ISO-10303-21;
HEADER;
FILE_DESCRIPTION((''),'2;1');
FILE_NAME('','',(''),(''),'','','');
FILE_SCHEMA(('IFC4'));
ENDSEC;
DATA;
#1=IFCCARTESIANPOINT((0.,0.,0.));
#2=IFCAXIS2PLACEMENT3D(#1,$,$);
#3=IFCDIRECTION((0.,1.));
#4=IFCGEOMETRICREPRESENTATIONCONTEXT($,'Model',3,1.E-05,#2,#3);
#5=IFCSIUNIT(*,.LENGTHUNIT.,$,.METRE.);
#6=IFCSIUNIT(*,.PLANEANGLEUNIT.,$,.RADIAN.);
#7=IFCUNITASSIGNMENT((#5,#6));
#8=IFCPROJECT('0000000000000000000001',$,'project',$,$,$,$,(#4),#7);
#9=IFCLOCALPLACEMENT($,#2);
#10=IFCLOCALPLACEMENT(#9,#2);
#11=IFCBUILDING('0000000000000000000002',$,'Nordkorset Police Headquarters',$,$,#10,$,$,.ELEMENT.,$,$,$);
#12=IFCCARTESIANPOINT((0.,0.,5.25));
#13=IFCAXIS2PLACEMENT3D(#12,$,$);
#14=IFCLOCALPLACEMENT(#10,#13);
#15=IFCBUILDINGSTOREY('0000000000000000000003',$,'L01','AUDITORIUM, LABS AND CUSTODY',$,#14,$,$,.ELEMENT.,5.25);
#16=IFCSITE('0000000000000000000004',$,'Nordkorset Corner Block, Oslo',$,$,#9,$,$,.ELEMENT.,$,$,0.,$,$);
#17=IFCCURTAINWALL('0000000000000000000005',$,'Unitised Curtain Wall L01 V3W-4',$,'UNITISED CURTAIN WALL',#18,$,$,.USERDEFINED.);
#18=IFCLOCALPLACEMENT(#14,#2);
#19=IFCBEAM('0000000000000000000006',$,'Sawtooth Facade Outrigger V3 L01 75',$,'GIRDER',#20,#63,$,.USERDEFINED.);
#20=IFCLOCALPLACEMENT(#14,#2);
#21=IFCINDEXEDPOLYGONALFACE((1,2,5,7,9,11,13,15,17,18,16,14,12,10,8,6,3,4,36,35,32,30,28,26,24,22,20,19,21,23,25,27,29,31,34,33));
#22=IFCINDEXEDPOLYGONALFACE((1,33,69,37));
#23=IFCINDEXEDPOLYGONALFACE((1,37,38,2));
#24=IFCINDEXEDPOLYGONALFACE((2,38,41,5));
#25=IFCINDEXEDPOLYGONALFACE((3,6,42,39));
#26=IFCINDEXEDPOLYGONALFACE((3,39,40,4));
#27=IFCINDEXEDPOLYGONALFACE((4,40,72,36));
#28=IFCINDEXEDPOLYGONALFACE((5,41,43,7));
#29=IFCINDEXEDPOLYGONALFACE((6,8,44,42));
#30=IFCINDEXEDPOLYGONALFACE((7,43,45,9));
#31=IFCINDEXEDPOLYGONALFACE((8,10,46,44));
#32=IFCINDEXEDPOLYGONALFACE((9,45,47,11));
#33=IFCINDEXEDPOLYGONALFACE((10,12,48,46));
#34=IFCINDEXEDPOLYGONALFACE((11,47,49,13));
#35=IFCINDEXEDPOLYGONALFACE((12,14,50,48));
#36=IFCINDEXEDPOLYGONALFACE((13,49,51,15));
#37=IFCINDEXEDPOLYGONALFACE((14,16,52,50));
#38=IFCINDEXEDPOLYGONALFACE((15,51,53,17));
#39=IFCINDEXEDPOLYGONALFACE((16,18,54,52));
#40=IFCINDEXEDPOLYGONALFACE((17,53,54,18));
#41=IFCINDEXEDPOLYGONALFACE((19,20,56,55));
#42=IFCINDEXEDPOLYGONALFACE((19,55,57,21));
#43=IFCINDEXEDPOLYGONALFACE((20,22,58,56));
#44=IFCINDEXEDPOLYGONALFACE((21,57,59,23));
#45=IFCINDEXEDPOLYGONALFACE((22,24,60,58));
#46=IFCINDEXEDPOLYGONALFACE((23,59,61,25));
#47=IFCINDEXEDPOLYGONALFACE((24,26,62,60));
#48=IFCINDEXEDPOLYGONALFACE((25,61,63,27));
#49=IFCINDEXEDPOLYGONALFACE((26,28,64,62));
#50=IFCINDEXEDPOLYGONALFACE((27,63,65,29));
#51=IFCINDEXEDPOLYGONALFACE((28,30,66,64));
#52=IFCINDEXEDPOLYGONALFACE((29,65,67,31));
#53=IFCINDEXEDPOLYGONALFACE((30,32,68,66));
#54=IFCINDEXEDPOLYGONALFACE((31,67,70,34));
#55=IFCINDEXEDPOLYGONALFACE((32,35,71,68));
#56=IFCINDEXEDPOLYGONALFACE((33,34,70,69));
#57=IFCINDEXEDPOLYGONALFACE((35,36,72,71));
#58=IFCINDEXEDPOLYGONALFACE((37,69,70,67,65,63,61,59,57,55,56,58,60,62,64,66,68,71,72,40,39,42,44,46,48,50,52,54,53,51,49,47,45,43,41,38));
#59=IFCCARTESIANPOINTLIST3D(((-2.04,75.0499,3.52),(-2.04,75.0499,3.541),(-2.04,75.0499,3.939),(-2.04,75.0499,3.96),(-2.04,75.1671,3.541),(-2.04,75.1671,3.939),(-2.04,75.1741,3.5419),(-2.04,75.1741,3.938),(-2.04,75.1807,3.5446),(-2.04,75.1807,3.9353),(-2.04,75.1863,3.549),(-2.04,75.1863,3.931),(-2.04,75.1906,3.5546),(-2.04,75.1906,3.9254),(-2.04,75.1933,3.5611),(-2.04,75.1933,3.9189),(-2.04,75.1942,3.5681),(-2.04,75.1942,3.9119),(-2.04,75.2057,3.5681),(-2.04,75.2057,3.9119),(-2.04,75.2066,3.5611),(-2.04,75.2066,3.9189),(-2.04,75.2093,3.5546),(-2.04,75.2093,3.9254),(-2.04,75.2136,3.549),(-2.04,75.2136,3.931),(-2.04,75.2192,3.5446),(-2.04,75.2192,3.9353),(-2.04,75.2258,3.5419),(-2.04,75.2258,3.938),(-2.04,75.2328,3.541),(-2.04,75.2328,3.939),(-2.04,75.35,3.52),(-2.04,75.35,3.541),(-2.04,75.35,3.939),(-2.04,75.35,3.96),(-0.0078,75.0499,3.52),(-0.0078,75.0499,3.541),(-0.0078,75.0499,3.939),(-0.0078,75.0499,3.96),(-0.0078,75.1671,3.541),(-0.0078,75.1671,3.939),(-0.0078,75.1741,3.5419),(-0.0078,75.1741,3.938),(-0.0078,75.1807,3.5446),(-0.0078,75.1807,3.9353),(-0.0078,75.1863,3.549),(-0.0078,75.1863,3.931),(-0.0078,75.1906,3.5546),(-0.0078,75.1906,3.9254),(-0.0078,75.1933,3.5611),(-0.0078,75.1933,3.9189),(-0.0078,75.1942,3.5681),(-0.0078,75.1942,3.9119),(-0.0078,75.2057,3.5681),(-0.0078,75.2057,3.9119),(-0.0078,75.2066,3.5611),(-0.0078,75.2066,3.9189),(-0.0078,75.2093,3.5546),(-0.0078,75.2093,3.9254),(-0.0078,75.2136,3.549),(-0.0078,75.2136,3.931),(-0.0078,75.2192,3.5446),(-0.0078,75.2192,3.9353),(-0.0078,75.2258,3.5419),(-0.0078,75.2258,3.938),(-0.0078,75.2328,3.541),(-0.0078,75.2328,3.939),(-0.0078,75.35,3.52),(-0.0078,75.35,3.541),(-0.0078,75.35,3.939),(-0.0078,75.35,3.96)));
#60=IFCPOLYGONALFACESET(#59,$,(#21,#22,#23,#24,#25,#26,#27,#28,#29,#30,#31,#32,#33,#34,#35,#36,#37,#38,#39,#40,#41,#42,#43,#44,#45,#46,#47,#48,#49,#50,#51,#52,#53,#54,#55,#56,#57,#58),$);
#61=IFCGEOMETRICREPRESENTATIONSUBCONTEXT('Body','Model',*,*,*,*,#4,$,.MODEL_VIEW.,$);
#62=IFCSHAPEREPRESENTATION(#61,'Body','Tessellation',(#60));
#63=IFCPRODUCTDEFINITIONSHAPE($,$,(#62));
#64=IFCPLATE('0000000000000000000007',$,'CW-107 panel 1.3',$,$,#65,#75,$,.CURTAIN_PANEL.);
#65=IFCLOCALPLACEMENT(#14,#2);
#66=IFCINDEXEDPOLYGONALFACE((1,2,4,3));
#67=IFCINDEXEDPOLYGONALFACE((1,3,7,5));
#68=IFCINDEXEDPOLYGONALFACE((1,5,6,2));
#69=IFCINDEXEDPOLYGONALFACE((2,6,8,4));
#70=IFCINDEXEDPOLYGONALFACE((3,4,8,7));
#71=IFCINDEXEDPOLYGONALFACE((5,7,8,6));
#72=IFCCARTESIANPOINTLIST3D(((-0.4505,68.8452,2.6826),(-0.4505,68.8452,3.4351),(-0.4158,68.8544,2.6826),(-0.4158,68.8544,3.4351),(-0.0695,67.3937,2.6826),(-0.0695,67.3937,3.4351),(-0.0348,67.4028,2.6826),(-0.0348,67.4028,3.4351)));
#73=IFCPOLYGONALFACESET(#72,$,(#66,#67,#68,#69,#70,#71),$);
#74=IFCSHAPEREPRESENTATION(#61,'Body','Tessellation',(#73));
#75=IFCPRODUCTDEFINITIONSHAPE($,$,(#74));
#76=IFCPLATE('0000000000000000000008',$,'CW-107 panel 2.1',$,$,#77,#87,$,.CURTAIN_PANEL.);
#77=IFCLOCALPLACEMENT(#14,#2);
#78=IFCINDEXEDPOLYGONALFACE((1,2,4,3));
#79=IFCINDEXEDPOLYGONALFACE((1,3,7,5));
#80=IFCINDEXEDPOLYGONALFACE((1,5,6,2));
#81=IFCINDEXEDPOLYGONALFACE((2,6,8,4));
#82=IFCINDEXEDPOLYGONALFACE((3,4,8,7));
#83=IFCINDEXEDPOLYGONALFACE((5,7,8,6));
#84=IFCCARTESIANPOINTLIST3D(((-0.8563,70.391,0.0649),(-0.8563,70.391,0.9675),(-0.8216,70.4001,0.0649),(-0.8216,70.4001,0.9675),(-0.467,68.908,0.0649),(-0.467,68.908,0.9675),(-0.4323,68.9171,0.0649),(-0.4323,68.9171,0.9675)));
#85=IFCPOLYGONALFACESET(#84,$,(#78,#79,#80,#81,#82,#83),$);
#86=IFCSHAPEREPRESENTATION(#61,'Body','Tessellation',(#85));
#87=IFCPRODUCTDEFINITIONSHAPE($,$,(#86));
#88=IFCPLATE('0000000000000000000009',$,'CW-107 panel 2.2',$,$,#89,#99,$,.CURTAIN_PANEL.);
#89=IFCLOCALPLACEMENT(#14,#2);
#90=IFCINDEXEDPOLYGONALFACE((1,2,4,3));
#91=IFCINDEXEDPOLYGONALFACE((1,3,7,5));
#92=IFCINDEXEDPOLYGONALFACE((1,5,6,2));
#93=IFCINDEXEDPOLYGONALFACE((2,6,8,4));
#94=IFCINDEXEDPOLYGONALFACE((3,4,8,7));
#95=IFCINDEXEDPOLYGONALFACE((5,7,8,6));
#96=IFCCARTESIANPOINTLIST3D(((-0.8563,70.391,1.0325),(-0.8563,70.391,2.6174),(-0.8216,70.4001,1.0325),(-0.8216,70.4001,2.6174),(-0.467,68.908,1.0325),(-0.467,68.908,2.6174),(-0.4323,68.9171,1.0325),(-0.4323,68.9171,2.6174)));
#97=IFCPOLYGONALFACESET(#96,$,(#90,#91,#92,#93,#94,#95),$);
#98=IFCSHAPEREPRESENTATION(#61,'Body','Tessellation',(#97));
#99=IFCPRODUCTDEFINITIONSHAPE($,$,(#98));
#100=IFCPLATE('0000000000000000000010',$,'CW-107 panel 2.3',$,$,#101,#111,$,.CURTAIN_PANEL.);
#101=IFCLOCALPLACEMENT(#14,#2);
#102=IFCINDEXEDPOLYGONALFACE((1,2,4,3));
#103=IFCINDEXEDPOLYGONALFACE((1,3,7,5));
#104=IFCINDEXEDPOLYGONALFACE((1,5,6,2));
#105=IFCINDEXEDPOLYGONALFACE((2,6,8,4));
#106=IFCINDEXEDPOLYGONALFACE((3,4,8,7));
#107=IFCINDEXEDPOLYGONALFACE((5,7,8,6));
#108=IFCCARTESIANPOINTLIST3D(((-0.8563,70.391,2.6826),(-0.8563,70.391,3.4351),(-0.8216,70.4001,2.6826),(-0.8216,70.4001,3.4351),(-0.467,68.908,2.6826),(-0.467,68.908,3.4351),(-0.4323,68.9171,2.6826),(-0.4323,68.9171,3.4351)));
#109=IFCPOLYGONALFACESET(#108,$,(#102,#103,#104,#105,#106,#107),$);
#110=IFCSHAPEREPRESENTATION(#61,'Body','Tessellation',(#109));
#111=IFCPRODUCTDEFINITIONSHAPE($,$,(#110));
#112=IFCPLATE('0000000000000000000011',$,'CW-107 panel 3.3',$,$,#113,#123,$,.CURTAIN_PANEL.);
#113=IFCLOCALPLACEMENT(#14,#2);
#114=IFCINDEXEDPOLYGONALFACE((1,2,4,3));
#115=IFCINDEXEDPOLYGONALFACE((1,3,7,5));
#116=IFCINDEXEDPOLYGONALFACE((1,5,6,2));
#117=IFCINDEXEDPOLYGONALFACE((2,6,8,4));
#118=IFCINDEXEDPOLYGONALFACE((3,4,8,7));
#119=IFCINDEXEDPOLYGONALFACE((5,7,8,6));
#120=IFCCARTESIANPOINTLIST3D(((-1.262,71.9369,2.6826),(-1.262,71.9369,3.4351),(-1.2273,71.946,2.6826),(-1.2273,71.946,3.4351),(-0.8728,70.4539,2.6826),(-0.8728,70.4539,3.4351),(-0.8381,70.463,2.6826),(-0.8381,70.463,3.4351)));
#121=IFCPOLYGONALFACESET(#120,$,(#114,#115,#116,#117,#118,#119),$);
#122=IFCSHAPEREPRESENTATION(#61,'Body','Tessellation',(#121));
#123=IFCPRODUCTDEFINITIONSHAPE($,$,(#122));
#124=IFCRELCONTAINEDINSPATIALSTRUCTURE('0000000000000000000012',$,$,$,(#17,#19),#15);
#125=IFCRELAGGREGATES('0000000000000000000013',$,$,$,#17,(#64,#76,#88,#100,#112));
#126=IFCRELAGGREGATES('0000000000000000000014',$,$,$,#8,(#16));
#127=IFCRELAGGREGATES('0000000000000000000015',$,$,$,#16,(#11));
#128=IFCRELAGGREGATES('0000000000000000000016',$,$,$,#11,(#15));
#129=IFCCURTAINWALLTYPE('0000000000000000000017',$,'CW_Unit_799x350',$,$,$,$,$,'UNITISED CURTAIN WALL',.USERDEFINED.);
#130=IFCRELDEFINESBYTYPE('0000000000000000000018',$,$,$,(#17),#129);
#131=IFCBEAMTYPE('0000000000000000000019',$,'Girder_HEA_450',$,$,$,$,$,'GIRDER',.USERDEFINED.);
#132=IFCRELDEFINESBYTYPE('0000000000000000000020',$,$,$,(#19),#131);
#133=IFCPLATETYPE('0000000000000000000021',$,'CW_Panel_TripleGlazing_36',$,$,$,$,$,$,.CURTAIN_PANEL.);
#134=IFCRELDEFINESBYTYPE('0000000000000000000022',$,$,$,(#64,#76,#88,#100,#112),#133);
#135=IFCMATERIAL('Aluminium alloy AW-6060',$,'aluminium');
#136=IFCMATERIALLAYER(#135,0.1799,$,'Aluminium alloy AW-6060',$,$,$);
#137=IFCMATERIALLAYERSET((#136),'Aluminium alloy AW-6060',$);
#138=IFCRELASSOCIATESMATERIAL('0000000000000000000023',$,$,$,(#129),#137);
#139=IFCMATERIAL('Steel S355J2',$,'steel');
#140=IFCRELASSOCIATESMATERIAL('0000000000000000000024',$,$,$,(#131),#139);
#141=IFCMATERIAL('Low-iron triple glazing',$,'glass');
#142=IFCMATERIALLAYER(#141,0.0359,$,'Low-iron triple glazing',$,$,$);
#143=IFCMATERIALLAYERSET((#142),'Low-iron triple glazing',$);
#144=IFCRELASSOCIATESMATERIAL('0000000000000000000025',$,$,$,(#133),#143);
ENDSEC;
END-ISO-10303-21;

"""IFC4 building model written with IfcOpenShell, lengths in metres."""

from ifc_helpers import new_model, si_unit, direction, frame, origin, origin_2d, place, context, subcontext, project, spatial, rectangle, i_section, extrude, material, layer, layer_set, material_profile, profile_set, type_object, element, aggregate, save


model = new_model("IFC4")

# Units and contexts
model_context = context("Model", 3, precision=1e-05, world=origin(), true_north=direction((0.0, 1.0)))
body_context = subcontext(model_context, "Body", "Model", "MODEL_VIEW")
ifc_project = project(units=[si_unit("LENGTHUNIT", "METRE"), si_unit("PLANEANGLEUNIT", "RADIAN")], contexts=[model_context])

# Site, building, storey
site_placement = place(None, origin())
site = spatial("IfcSite", under=ifc_project, at=site_placement, Name="Nordkorset Corner Block, Oslo", CompositionType="ELEMENT", RefElevation=0.0)
building_placement = place(site_placement, origin())
building = spatial("IfcBuilding", under=site, at=building_placement, Name="Nordkorset Police Headquarters", CompositionType="ELEMENT")
storey_placement = place(building_placement, frame((0.0, 0.0, 5.25)))
storey = spatial("IfcBuildingStorey", under=building, at=storey_placement, Name="L01", Description="AUDITORIUM, LABS AND CUSTODY", CompositionType="ELEMENT", Elevation=5.25)

# Curtain wall
ifc_material_1 = material(Name="Aluminium alloy AW-6060", Category="aluminium")
ifc_layer_1 = layer(ifc_material_1, 0.1799, Name="Aluminium alloy AW-6060")
ifc_layer_set_1 = layer_set([ifc_layer_1], Name="Aluminium alloy AW-6060")
curtain_wall_type = type_object("IfcCurtainWallType", Name="CW_Unit_799x350", ElementType="UNITISED CURTAIN WALL", PredefinedType="USERDEFINED", material=ifc_layer_set_1)
curtain_wall_placement = place(storey_placement, origin())
curtain_wall = element("IfcCurtainWall", 1, at=curtain_wall_placement, inside=storey, type_object=curtain_wall_type, Name="Unitised Curtain Wall L01 V3W-4", ObjectType="UNITISED CURTAIN WALL", PredefinedType="USERDEFINED")

# Beam
ifc_material_2 = material(Name="Steel S355J2", Category="steel")
ifc_material_profile_1 = material_profile(ifc_material_2, i_section(OverallWidth=0.3, OverallDepth=0.4399, WebThickness=0.0115, FlangeThickness=0.021, FilletRadius=0.0271, at=origin_2d()), Name="HEA 450")
ifc_profile_set_1 = profile_set([ifc_material_profile_1], Name="Steel S355J2")
beam_type_1 = type_object("IfcBeamType", Name="Girder_HEA_450", ElementType="GIRDER", PredefinedType="USERDEFINED", material=ifc_profile_set_1)
beam_1_placement = place(storey_placement, frame((-0.0078, 75.2, 3.74), z_axis=(-1.0, 0.0, 0.0), x_axis=(0.0, -1.0, 0.0)))
element("IfcBeam", 2, at=beam_1_placement, inside=storey, type_object=beam_type_1, Name="Sawtooth Facade Outrigger V3 L01 75", ObjectType="GIRDER", PredefinedType="USERDEFINED", context=body_context, shape_type="SweptSolid", body=[
    extrude(i_section(OverallWidth=0.3, OverallDepth=0.4399, WebThickness=0.0115, FlangeThickness=0.021, FilletRadius=0.0271, at=origin_2d()), origin(), (0.0, 0.0, 1.0), 2.0322),
])

# Plates
ifc_material_3 = material(Name="Low-iron triple glazing", Category="glass")
ifc_layer_2 = layer(ifc_material_3, 0.0359, Name="Low-iron triple glazing")
ifc_layer_set_2 = layer_set([ifc_layer_2], Name="Low-iron triple glazing")
plate_type = type_object("IfcPlateType", Name="CW_Panel_TripleGlazing_36", PredefinedType="CURTAIN_PANEL", material=ifc_layer_set_2)
plate_1_placement = place(storey_placement, frame((-0.2427, 68.124, 2.6826), z_axis=(0.0, 0.0, 1.0), x_axis=(-0.253897, 0.967231, 0.0)))
plate_1 = element("IfcPlate", 3, at=plate_1_placement, type_object=plate_type, Name="CW-107 panel 1.3", PredefinedType="CURTAIN_PANEL", context=body_context, shape_type="SweptSolid", body=[
    extrude(rectangle(XDim=1.5007, YDim=0.0359, at=origin_2d()), origin(), (0.0, 0.0, 1.0), 0.7524),
])
plate_2_placement = place(storey_placement, frame((-0.6443, 69.6541, 0.0649), z_axis=(0.0, 0.0, 1.0), x_axis=(-0.253897, 0.967231, 0.0)))
plate_2 = element("IfcPlate", 4, at=plate_2_placement, type_object=plate_type, Name="CW-107 panel 2.1", PredefinedType="CURTAIN_PANEL", context=body_context, shape_type="SweptSolid", body=[
    extrude(rectangle(XDim=1.5332, YDim=0.0359, at=origin_2d()), origin(), (0.0, 0.0, 1.0), 0.9026),
])
plate_3_placement = place(storey_placement, frame((-0.6443, 69.6541, 1.0325), z_axis=(0.0, 0.0, 1.0), x_axis=(-0.253897, 0.967231, 0.0)))
plate_3 = element("IfcPlate", 5, at=plate_3_placement, type_object=plate_type, Name="CW-107 panel 2.2", PredefinedType="CURTAIN_PANEL", context=body_context, shape_type="SweptSolid", body=[
    extrude(rectangle(XDim=1.5332, YDim=0.0359, at=origin_2d()), origin(), (0.0, 0.0, 1.0), 1.585),
])
plate_4_placement = place(storey_placement, frame((-0.6443, 69.6541, 2.6826), z_axis=(0.0, 0.0, 1.0), x_axis=(-0.253897, 0.967231, 0.0)))
plate_4 = element("IfcPlate", 6, at=plate_4_placement, type_object=plate_type, Name="CW-107 panel 2.3", PredefinedType="CURTAIN_PANEL", context=body_context, shape_type="SweptSolid", body=[
    extrude(rectangle(XDim=1.5332, YDim=0.0359, at=origin_2d()), origin(), (0.0, 0.0, 1.0), 0.7524),
])
plate_5_placement = place(storey_placement, frame((-1.05, 71.2, 2.6826), z_axis=(0.0, 0.0, 1.0), x_axis=(-0.253897, 0.967231, 0.0)))
plate_5 = element("IfcPlate", 7, at=plate_5_placement, type_object=plate_type, Name="CW-107 panel 3.3", PredefinedType="CURTAIN_PANEL", context=body_context, shape_type="SweptSolid", body=[
    extrude(rectangle(XDim=1.5332, YDim=0.0359, at=origin_2d()), origin(), (0.0, 0.0, 1.0), 0.7524),
])
aggregate(curtain_wall, [plate_1, plate_2, plate_3, plate_4, plate_5])

save(model, "model.ifc")
